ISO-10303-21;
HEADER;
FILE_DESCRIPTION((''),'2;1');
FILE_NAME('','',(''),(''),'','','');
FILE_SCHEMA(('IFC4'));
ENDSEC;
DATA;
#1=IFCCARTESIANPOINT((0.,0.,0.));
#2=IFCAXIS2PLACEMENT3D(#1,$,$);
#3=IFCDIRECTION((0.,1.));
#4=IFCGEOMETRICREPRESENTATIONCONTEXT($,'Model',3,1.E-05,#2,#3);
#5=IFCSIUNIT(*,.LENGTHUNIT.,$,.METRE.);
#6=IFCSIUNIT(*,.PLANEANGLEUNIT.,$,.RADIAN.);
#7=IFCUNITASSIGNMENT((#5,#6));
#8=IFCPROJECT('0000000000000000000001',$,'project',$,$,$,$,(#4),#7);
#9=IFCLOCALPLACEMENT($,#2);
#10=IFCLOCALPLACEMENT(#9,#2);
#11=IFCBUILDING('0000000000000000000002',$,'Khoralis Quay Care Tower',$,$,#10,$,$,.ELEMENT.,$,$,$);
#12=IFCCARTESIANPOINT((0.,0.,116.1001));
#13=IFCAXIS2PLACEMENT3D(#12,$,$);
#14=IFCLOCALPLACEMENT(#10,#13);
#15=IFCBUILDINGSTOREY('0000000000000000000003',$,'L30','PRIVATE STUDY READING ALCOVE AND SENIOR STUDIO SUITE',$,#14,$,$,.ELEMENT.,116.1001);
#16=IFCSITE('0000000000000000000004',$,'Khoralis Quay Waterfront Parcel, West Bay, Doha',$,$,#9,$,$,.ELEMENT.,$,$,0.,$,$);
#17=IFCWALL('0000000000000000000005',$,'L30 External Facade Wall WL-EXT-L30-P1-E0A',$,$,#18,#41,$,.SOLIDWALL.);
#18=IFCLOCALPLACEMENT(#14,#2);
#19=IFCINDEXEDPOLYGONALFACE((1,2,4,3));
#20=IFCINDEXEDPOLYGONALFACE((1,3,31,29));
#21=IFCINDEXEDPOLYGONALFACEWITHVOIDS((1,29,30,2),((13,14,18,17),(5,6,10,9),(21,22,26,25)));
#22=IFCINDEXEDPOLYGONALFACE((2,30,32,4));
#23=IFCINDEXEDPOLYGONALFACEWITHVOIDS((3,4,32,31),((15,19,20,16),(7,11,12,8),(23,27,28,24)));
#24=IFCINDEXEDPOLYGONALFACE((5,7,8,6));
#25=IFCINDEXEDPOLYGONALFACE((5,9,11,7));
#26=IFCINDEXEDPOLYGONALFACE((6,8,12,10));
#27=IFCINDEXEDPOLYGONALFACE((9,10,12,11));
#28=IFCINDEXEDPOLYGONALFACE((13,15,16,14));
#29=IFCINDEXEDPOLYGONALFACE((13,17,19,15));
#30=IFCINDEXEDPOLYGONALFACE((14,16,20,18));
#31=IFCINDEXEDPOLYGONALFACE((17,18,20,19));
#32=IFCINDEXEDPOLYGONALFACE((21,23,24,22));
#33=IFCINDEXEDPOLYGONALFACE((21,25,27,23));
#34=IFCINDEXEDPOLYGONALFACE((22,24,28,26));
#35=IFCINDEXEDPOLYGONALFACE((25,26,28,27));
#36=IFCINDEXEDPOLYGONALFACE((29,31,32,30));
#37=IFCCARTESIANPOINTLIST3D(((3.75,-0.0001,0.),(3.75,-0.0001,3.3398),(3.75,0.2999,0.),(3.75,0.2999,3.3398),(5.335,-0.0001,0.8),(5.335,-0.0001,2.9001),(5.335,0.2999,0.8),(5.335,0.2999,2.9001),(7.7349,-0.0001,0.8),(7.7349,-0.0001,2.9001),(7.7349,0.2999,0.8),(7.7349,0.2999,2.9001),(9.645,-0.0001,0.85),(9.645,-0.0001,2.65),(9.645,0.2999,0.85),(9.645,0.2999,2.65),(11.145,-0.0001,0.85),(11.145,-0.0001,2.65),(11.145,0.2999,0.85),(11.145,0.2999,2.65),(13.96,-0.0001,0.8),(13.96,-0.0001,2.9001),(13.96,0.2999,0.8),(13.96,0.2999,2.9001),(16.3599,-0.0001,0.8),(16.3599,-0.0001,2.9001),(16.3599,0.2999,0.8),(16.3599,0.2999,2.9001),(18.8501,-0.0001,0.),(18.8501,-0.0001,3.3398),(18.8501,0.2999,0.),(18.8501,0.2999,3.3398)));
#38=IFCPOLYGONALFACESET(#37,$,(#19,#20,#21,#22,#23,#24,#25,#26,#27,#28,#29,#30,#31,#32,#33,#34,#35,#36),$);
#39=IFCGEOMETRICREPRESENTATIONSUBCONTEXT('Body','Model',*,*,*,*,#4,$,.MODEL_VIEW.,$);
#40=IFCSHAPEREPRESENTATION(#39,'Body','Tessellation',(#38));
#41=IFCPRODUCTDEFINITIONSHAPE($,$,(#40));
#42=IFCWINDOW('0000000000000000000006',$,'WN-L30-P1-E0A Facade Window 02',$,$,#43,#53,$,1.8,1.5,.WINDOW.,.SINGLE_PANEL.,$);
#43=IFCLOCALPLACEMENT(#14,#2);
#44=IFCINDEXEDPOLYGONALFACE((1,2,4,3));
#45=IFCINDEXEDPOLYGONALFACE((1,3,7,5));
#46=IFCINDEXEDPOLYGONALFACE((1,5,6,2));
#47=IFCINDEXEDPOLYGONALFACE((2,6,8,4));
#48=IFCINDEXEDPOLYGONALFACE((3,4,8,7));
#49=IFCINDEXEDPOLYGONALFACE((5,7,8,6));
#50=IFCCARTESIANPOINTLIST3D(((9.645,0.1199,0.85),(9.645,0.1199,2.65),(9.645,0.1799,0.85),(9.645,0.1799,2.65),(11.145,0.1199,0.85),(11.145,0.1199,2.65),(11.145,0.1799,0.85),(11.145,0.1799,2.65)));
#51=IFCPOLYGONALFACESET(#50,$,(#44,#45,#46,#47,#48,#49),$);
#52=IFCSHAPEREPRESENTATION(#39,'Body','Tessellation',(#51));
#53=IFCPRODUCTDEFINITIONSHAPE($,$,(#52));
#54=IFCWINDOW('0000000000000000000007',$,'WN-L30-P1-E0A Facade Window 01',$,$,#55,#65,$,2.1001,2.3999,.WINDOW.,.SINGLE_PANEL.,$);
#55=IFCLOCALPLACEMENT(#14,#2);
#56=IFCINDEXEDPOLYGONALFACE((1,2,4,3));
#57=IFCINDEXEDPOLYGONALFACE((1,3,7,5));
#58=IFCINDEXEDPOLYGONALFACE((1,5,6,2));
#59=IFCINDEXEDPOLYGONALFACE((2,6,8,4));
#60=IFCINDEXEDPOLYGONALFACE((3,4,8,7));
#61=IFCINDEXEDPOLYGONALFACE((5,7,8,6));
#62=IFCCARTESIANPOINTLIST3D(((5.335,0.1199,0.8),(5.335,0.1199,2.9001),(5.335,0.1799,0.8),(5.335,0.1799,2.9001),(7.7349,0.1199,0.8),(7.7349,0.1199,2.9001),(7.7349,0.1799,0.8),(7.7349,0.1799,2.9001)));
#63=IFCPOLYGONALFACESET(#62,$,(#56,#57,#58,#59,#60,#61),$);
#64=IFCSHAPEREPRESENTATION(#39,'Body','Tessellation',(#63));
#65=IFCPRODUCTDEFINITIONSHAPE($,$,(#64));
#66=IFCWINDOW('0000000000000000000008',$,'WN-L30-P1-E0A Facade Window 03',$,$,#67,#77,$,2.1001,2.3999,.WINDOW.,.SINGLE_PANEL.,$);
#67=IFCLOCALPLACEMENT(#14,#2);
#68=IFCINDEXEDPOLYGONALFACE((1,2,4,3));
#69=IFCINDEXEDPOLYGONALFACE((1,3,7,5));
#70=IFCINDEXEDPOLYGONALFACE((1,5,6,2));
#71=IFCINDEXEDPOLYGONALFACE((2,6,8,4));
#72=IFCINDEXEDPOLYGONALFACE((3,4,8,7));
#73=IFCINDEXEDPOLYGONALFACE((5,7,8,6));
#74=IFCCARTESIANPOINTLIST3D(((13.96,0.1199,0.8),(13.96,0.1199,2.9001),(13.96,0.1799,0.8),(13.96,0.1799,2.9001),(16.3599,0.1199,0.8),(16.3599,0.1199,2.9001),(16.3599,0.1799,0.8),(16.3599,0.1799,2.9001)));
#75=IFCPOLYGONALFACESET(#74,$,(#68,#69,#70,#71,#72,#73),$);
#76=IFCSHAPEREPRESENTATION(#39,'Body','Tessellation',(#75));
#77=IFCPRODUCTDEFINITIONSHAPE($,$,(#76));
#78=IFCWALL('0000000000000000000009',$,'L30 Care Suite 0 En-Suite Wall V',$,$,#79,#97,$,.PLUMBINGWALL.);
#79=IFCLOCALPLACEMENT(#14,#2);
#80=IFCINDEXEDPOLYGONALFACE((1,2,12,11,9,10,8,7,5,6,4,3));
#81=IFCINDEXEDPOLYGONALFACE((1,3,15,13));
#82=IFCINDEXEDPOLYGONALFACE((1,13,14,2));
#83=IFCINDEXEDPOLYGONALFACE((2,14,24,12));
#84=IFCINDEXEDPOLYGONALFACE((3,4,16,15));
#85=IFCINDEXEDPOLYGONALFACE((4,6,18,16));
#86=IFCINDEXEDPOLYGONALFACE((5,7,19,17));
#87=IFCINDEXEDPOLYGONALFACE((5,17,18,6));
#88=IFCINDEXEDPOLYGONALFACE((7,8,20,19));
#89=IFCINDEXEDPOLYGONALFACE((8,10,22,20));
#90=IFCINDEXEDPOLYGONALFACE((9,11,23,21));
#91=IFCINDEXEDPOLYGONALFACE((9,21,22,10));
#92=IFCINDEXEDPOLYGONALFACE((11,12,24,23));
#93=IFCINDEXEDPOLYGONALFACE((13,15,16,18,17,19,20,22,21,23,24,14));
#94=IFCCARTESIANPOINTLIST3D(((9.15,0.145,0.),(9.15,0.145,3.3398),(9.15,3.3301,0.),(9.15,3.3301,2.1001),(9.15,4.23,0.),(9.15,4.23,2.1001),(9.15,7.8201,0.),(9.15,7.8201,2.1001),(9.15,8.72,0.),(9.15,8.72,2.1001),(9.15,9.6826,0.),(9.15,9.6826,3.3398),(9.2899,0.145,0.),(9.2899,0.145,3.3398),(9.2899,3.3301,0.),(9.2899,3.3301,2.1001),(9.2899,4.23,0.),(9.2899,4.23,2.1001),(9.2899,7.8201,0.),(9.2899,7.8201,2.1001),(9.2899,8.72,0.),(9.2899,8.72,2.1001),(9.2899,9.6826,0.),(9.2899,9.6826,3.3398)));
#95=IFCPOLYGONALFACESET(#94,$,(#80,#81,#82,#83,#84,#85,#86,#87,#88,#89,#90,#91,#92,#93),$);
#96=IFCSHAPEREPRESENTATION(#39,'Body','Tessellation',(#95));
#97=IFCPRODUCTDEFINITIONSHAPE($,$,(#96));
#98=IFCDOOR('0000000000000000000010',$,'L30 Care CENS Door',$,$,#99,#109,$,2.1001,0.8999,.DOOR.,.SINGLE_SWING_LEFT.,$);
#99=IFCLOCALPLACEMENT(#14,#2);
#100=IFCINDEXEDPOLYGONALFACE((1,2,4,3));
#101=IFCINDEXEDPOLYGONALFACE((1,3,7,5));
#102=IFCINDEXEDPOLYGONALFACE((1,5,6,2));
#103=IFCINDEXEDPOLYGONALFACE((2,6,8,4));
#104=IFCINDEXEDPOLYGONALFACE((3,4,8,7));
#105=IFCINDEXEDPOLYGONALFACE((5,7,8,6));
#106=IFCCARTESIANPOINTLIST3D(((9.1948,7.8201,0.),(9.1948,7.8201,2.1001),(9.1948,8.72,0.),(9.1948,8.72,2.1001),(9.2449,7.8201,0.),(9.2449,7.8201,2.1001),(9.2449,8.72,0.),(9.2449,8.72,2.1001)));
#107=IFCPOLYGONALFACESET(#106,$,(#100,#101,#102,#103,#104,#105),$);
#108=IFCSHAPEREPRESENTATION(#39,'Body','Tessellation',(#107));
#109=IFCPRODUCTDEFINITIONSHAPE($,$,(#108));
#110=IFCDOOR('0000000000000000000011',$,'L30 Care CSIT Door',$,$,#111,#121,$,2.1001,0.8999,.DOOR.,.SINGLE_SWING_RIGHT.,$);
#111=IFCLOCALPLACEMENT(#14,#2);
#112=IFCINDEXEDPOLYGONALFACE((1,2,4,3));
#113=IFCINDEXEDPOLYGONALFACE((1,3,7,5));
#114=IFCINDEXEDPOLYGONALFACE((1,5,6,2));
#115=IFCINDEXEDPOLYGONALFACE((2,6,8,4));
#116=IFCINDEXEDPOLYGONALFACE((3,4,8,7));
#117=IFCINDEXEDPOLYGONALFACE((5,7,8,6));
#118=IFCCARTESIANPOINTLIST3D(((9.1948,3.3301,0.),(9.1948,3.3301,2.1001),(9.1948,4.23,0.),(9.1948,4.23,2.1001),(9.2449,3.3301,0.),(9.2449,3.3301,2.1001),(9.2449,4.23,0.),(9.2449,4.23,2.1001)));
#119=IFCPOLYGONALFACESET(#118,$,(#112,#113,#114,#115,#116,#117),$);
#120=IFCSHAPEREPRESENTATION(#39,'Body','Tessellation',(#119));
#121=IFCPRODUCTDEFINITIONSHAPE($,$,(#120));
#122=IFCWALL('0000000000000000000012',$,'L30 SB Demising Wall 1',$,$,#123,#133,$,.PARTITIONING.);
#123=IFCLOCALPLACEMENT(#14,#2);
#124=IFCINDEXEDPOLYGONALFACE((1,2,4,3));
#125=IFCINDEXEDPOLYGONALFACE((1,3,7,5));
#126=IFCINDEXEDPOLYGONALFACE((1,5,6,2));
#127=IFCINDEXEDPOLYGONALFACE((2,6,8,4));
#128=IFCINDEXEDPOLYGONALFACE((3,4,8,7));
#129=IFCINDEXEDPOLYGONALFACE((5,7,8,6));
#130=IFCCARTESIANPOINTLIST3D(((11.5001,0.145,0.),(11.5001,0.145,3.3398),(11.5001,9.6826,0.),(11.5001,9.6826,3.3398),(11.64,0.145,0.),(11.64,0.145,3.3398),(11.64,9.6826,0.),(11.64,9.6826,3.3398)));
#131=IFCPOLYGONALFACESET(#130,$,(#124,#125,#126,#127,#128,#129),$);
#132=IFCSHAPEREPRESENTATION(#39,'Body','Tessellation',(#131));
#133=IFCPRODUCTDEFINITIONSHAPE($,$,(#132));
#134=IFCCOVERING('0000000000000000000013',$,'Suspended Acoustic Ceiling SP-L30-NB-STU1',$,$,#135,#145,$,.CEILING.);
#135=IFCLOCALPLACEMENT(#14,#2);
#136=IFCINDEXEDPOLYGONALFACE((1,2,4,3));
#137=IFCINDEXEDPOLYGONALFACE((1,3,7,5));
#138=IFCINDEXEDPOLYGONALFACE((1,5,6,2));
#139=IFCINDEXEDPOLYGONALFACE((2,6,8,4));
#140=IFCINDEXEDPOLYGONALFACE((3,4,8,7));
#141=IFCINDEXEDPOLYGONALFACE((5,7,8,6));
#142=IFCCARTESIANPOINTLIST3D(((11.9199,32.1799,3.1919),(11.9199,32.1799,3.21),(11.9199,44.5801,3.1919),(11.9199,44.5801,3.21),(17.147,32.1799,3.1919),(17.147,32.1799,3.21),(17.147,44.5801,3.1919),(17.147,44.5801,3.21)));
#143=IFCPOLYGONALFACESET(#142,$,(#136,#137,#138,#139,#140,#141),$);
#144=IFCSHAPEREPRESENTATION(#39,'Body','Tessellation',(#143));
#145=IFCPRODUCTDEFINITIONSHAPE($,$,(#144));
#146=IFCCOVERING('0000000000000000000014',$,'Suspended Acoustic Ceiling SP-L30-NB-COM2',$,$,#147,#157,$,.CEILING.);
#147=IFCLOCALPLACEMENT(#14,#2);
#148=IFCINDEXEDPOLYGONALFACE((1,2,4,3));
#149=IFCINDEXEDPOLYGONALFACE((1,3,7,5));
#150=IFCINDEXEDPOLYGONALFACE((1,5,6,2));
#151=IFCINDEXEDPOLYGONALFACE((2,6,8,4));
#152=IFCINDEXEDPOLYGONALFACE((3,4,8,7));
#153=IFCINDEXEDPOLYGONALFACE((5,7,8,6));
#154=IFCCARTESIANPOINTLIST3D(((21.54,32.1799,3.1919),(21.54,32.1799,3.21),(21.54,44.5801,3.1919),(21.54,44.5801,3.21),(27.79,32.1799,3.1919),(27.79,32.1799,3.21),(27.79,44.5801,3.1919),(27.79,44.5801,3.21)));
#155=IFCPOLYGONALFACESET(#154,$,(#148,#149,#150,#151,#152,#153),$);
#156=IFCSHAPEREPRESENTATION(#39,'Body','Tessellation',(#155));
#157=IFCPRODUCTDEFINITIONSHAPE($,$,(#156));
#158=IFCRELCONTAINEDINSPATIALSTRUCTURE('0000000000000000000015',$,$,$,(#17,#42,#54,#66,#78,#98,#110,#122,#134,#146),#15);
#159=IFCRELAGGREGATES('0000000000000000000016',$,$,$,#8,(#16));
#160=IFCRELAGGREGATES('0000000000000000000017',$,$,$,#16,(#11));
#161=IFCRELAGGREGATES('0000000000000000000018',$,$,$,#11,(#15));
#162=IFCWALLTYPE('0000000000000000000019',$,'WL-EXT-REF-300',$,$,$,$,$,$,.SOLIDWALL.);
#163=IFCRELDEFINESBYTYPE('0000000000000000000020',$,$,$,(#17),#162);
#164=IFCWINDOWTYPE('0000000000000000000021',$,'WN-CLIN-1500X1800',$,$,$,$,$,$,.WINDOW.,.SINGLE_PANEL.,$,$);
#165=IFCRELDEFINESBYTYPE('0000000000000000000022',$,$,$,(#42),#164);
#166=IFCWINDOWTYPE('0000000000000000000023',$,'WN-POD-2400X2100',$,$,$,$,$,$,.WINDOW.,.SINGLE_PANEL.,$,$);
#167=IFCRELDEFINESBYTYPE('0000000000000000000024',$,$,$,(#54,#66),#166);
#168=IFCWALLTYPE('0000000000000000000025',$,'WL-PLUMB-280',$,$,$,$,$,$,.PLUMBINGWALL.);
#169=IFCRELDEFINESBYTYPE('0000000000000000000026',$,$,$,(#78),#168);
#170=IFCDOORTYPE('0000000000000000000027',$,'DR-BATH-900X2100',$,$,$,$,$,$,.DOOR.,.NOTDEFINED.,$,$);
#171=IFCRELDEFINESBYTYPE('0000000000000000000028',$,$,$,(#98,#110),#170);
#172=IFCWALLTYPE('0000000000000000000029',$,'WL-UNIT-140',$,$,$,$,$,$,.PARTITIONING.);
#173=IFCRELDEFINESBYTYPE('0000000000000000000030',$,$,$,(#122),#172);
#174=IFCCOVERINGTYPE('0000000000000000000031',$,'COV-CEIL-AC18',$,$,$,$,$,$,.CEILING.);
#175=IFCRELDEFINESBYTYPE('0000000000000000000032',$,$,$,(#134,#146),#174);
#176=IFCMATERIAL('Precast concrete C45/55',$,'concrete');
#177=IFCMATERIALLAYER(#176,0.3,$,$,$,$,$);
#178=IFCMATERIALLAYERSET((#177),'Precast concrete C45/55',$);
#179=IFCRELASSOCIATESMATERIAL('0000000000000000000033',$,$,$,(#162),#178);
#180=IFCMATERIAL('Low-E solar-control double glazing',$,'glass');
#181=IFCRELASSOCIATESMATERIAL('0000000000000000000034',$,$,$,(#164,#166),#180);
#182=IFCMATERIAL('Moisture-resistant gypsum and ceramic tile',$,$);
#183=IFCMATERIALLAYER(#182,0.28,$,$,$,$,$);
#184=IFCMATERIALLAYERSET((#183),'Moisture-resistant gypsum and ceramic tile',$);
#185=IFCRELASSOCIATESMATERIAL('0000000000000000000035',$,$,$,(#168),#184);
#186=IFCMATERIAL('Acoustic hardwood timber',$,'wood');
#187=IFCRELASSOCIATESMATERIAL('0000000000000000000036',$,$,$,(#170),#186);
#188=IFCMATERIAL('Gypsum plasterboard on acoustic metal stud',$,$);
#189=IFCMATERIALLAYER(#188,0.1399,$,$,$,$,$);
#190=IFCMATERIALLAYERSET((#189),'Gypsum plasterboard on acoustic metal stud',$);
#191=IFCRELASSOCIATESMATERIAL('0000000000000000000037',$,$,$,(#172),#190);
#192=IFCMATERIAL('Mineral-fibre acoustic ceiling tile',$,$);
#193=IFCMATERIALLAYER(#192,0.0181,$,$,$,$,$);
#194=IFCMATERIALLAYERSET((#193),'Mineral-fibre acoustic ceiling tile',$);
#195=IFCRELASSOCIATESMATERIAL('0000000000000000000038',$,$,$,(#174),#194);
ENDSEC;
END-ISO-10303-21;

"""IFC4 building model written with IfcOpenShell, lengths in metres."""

from ifc_helpers import new_model, si_unit, direction, frame, frame_2d, origin, place, context, subcontext, project, spatial, polyline, rectangle, outline, extrude, source, transform, mapped, material, layer, layer_set, type_object, element, fill, save


model = new_model("IFC4")

# Units and contexts
model_context = context("Model", 3, precision=1e-05, world=origin(), true_north=direction((0.0, 1.0)))
body_context = subcontext(model_context, "Body", "Model", "MODEL_VIEW")
ifc_project = project(units=[si_unit("LENGTHUNIT", "METRE"), si_unit("PLANEANGLEUNIT", "RADIAN")], contexts=[model_context])

# Site, building, storey
site_placement = place(None, origin())
site = spatial("IfcSite", under=ifc_project, at=site_placement, Name="Khoralis Quay Waterfront Parcel, West Bay, Doha", CompositionType="ELEMENT", RefElevation=0.0)
building_placement = place(site_placement, origin())
building = spatial("IfcBuilding", under=site, at=building_placement, Name="Khoralis Quay Care Tower", CompositionType="ELEMENT")
storey_placement = place(building_placement, frame((0.0, 0.0, 116.1001)))
storey = spatial("IfcBuildingStorey", under=building, at=storey_placement, Name="L30", Description="PRIVATE STUDY READING ALCOVE AND SENIOR STUDIO SUITE", CompositionType="ELEMENT", Elevation=116.1001)

# Wall, openings, windows
ifc_material_1 = material(Name="Precast concrete C45/55", Category="concrete")
ifc_layer_1 = layer(ifc_material_1, 0.3)
ifc_layer_set_1 = layer_set([ifc_layer_1], Name="Precast concrete C45/55")
wall_type_1 = type_object("IfcWallType", Name="WL-EXT-REF-300", PredefinedType="SOLIDWALL", material=ifc_layer_set_1)
wall_1_placement = place(storey_placement, frame((3.75, 0.1499, 0.0), z_axis=(0.0, 0.0, 1.0), x_axis=(1.0, 0.0, 0.0)))
wall_1 = element("IfcWall", 1, at=wall_1_placement, inside=storey, type_object=wall_type_1, Name="L30 External Facade Wall WL-EXT-L30-P1-E0A", PredefinedType="SOLIDWALL", context=body_context, shape_type="SweptSolid", body=[
    extrude(rectangle(XDim=15.1001, YDim=0.3, at=frame_2d((7.55, 0.0))), origin(), (0.0, 0.0, 1.0), 3.3398),
])
opening_1_placement = place(wall_1_placement, frame((1.585, 0.0, 0.8)))
opening_1 = element("IfcOpeningElement", 2, at=opening_1_placement, cuts=wall_1, PredefinedType="OPENING", context=body_context, shape_type="SweptSolid", body=[
    extrude(rectangle(XDim=2.3999, YDim=2.1001, at=frame_2d((1.2, 1.05))), frame((0.0, 0.1602, 0.0), z_axis=(0.0, -1.0, 0.0), x_axis=(1.0, 0.0, 0.0)), (0.0, 0.0, 1.0), 0.3201),
])
opening_2_placement = place(wall_1_placement, frame((5.895, 0.0, 0.8501)))
opening_2 = element("IfcOpeningElement", 3, at=opening_2_placement, cuts=wall_1, PredefinedType="OPENING", context=body_context, shape_type="SweptSolid", body=[
    extrude(rectangle(XDim=1.5, YDim=1.8, at=frame_2d((0.75, 0.8999))), frame((0.0, 0.1602, 0.0), z_axis=(0.0, -1.0, 0.0), x_axis=(1.0, 0.0, 0.0)), (0.0, 0.0, 1.0), 0.3201),
])
opening_3_placement = place(wall_1_placement, frame((10.21, 0.0, 0.8)))
opening_3 = element("IfcOpeningElement", 4, at=opening_3_placement, cuts=wall_1, PredefinedType="OPENING", context=body_context, shape_type="SweptSolid", body=[
    extrude(rectangle(XDim=2.3999, YDim=2.1001, at=frame_2d((1.2, 1.05))), frame((0.0, 0.1602, 0.0), z_axis=(0.0, -1.0, 0.0), x_axis=(1.0, 0.0, 0.0)), (0.0, 0.0, 1.0), 0.3201),
])
ifc_material_2 = material(Name="Low-E solar-control double glazing", Category="glass")
window_type_1 = type_object("IfcWindowType", Name="WN-CLIN-1500X1800", PartitioningType="SINGLE_PANEL", PredefinedType="WINDOW", material=ifc_material_2)
shared_shape_1 = source(origin(), body_context, "Body", "SweptSolid", [
    extrude(rectangle(XDim=1.5, YDim=1.8, at=frame_2d((0.75, 0.8999))), frame((0.0, 0.03, 0.0), z_axis=(0.0, -1.0, 0.0), x_axis=(1.0, 0.0, 0.0)), (0.0, 0.0, 1.0), 0.0601),
])
window_1_placement = place(opening_2_placement, origin())
window_1 = element("IfcWindow", 5, at=window_1_placement, inside=storey, type_object=window_type_1, Name="WN-L30-P1-E0A Facade Window 02", OverallHeight=1.8, OverallWidth=1.5, PartitioningType="SINGLE_PANEL", PredefinedType="WINDOW", context=body_context, shape_type="MappedRepresentation", body=[
    mapped(shared_shape_1, transform((0.0, 0.0, 0.0), scale=1.0)),
])
fill(opening_2, window_1)
window_type_2 = type_object("IfcWindowType", Name="WN-POD-2400X2100", PartitioningType="SINGLE_PANEL", PredefinedType="WINDOW", material=ifc_material_2)
shared_shape_2 = source(origin(), body_context, "Body", "SweptSolid", [
    extrude(rectangle(XDim=2.3999, YDim=2.1001, at=frame_2d((1.2, 1.05))), frame((0.0, 0.03, 0.0), z_axis=(0.0, -1.0, 0.0), x_axis=(1.0, 0.0, 0.0)), (0.0, 0.0, 1.0), 0.0601),
])
window_2_placement = place(opening_1_placement, origin())
window_2 = element("IfcWindow", 6, at=window_2_placement, inside=storey, type_object=window_type_2, Name="WN-L30-P1-E0A Facade Window 01", OverallHeight=2.1001, OverallWidth=2.3999, PartitioningType="SINGLE_PANEL", PredefinedType="WINDOW", context=body_context, shape_type="MappedRepresentation", body=[
    mapped(shared_shape_2, transform((0.0, 0.0, 0.0), scale=1.0)),
])
fill(opening_1, window_2)
window_3_placement = place(opening_3_placement, origin())
window_3 = element("IfcWindow", 7, at=window_3_placement, inside=storey, type_object=window_type_2, Name="WN-L30-P1-E0A Facade Window 03", OverallHeight=2.1001, OverallWidth=2.3999, PartitioningType="SINGLE_PANEL", PredefinedType="WINDOW", context=body_context, shape_type="MappedRepresentation", body=[
    mapped(shared_shape_2, transform((0.0, 0.0, 0.0), scale=1.0)),
])
fill(opening_3, window_3)

# Wall, openings, doors
ifc_material_3 = material(Name="Moisture-resistant gypsum and ceramic tile")
ifc_layer_2 = layer(ifc_material_3, 0.28)
ifc_layer_set_2 = layer_set([ifc_layer_2], Name="Moisture-resistant gypsum and ceramic tile")
wall_type_2 = type_object("IfcWallType", Name="WL-PLUMB-280", PredefinedType="PLUMBINGWALL", material=ifc_layer_set_2)
wall_2_placement = place(storey_placement, frame((9.22, 0.145, 0.0), z_axis=(0.0, 0.0, 1.0), x_axis=(0.0, 1.0, 0.0)))
wall_2 = element("IfcWall", 8, at=wall_2_placement, inside=storey, type_object=wall_type_2, Name="L30 Care Suite 0 En-Suite Wall V", PredefinedType="PLUMBINGWALL", context=body_context, shape_type="SweptSolid", body=[
    extrude(rectangle(XDim=9.5376, YDim=0.1399, at=frame_2d((4.7688, 0.0))), origin(), (0.0, 0.0, 1.0), 3.3398),
])
opening_4_placement = place(wall_2_placement, frame((7.675, 0.0, 0.0)))
opening_4 = element("IfcOpeningElement", 9, at=opening_4_placement, cuts=wall_2, PredefinedType="OPENING", context=body_context, shape_type="SweptSolid", body=[
    extrude(rectangle(XDim=0.8999, YDim=2.1001, at=frame_2d((0.45, 1.05))), frame((0.0, 0.0801, 0.0), z_axis=(0.0, -1.0, 0.0), x_axis=(1.0, 0.0, 0.0)), (0.0, 0.0, 1.0), 0.1599),
])
opening_5_placement = place(wall_2_placement, frame((3.1851, 0.0, 0.0)))
opening_5 = element("IfcOpeningElement", 10, at=opening_5_placement, cuts=wall_2, PredefinedType="OPENING", context=body_context, shape_type="SweptSolid", body=[
    extrude(rectangle(XDim=0.8999, YDim=2.1001, at=frame_2d((0.45, 1.05))), frame((0.0, 0.0801, 0.0), z_axis=(0.0, -1.0, 0.0), x_axis=(1.0, 0.0, 0.0)), (0.0, 0.0, 1.0), 0.1599),
])
ifc_material_4 = material(Name="Acoustic hardwood timber", Category="wood")
door_type = type_object("IfcDoorType", Name="DR-BATH-900X2100", OperationType="NOTDEFINED", PredefinedType="DOOR", material=ifc_material_4)
shared_shape_3 = source(origin(), body_context, "Body", "SweptSolid", [
    extrude(rectangle(XDim=0.8999, YDim=2.1001, at=frame_2d((0.45, 1.05))), frame((0.0, 0.0249, 0.0), z_axis=(0.0, -1.0, 0.0), x_axis=(1.0, 0.0, 0.0)), (0.0, 0.0, 1.0), 0.05),
])
door_1_placement = place(opening_4_placement, frame((0.8999, 0.0, 0.0), z_axis=(0.0, 0.0, 1.0), x_axis=(-1.0, 0.0, 0.0)))
door_1 = element("IfcDoor", 11, at=door_1_placement, inside=storey, type_object=door_type, Name="L30 Care CENS Door", OperationType="SINGLE_SWING_LEFT", OverallHeight=2.1001, OverallWidth=0.8999, PredefinedType="DOOR", context=body_context, shape_type="MappedRepresentation", body=[
    mapped(shared_shape_3, transform((0.0, 0.0, 0.0), scale=1.0)),
])
fill(opening_4, door_1)
door_2_placement = place(opening_5_placement, frame((0.8999, 0.0, 0.0), z_axis=(0.0, 0.0, 1.0), x_axis=(-1.0, 0.0, 0.0)))
door_2 = element("IfcDoor", 12, at=door_2_placement, inside=storey, type_object=door_type, Name="L30 Care CSIT Door", OperationType="SINGLE_SWING_RIGHT", OverallHeight=2.1001, OverallWidth=0.8999, PredefinedType="DOOR", context=body_context, shape_type="MappedRepresentation", body=[
    mapped(shared_shape_3, transform((0.0, 0.0, 0.0), scale=1.0)),
])
fill(opening_5, door_2)

# Wall
ifc_material_5 = material(Name="Gypsum plasterboard on acoustic metal stud")
ifc_layer_3 = layer(ifc_material_5, 0.1399)
ifc_layer_set_3 = layer_set([ifc_layer_3], Name="Gypsum plasterboard on acoustic metal stud")
wall_type_3 = type_object("IfcWallType", Name="WL-UNIT-140", PredefinedType="PARTITIONING", material=ifc_layer_set_3)
wall_3_placement = place(storey_placement, frame((11.5701, 0.145, 0.0), z_axis=(0.0, 0.0, 1.0), x_axis=(0.0, 1.0, 0.0)))
element("IfcWall", 13, at=wall_3_placement, inside=storey, type_object=wall_type_3, Name="L30 SB Demising Wall 1", PredefinedType="PARTITIONING", context=body_context, shape_type="SweptSolid", body=[
    extrude(rectangle(XDim=9.5376, YDim=0.1399, at=frame_2d((4.7688, 0.0))), origin(), (0.0, 0.0, 1.0), 3.3398),
])

# Coverings
ifc_material_6 = material(Name="Mineral-fibre acoustic ceiling tile")
ifc_layer_4 = layer(ifc_material_6, 0.0181)
ifc_layer_set_4 = layer_set([ifc_layer_4], Name="Mineral-fibre acoustic ceiling tile")
covering_type_1 = type_object("IfcCoveringType", Name="COV-CEIL-AC18", PredefinedType="CEILING", material=ifc_layer_set_4)
covering_1_placement = place(storey_placement, frame((0.0, 0.0, 3.1919)))
element("IfcCovering", 14, at=covering_1_placement, inside=storey, type_object=covering_type_1, Name="Suspended Acoustic Ceiling SP-L30-NB-STU1", PredefinedType="CEILING", context=body_context, shape_type="SweptSolid", body=[
    extrude(outline(polyline([(11.9199, 32.1799), (17.147, 32.1799), (17.147, 44.5801), (11.9199, 44.5801), (11.9199, 32.1799)])), origin(), (0.0, 0.0, 1.0), 0.0181),
])
covering_2_placement = place(storey_placement, frame((0.0, 0.0, 3.1919)))
element("IfcCovering", 15, at=covering_2_placement, inside=storey, type_object=covering_type_1, Name="Suspended Acoustic Ceiling SP-L30-NB-COM2", PredefinedType="CEILING", context=body_context, shape_type="SweptSolid", body=[
    extrude(outline(polyline([(21.54, 32.1799), (27.79, 32.1799), (27.79, 44.5801), (21.54, 44.5801), (21.54, 32.1799)])), origin(), (0.0, 0.0, 1.0), 0.0181),
])

save(model, "model.ifc")
